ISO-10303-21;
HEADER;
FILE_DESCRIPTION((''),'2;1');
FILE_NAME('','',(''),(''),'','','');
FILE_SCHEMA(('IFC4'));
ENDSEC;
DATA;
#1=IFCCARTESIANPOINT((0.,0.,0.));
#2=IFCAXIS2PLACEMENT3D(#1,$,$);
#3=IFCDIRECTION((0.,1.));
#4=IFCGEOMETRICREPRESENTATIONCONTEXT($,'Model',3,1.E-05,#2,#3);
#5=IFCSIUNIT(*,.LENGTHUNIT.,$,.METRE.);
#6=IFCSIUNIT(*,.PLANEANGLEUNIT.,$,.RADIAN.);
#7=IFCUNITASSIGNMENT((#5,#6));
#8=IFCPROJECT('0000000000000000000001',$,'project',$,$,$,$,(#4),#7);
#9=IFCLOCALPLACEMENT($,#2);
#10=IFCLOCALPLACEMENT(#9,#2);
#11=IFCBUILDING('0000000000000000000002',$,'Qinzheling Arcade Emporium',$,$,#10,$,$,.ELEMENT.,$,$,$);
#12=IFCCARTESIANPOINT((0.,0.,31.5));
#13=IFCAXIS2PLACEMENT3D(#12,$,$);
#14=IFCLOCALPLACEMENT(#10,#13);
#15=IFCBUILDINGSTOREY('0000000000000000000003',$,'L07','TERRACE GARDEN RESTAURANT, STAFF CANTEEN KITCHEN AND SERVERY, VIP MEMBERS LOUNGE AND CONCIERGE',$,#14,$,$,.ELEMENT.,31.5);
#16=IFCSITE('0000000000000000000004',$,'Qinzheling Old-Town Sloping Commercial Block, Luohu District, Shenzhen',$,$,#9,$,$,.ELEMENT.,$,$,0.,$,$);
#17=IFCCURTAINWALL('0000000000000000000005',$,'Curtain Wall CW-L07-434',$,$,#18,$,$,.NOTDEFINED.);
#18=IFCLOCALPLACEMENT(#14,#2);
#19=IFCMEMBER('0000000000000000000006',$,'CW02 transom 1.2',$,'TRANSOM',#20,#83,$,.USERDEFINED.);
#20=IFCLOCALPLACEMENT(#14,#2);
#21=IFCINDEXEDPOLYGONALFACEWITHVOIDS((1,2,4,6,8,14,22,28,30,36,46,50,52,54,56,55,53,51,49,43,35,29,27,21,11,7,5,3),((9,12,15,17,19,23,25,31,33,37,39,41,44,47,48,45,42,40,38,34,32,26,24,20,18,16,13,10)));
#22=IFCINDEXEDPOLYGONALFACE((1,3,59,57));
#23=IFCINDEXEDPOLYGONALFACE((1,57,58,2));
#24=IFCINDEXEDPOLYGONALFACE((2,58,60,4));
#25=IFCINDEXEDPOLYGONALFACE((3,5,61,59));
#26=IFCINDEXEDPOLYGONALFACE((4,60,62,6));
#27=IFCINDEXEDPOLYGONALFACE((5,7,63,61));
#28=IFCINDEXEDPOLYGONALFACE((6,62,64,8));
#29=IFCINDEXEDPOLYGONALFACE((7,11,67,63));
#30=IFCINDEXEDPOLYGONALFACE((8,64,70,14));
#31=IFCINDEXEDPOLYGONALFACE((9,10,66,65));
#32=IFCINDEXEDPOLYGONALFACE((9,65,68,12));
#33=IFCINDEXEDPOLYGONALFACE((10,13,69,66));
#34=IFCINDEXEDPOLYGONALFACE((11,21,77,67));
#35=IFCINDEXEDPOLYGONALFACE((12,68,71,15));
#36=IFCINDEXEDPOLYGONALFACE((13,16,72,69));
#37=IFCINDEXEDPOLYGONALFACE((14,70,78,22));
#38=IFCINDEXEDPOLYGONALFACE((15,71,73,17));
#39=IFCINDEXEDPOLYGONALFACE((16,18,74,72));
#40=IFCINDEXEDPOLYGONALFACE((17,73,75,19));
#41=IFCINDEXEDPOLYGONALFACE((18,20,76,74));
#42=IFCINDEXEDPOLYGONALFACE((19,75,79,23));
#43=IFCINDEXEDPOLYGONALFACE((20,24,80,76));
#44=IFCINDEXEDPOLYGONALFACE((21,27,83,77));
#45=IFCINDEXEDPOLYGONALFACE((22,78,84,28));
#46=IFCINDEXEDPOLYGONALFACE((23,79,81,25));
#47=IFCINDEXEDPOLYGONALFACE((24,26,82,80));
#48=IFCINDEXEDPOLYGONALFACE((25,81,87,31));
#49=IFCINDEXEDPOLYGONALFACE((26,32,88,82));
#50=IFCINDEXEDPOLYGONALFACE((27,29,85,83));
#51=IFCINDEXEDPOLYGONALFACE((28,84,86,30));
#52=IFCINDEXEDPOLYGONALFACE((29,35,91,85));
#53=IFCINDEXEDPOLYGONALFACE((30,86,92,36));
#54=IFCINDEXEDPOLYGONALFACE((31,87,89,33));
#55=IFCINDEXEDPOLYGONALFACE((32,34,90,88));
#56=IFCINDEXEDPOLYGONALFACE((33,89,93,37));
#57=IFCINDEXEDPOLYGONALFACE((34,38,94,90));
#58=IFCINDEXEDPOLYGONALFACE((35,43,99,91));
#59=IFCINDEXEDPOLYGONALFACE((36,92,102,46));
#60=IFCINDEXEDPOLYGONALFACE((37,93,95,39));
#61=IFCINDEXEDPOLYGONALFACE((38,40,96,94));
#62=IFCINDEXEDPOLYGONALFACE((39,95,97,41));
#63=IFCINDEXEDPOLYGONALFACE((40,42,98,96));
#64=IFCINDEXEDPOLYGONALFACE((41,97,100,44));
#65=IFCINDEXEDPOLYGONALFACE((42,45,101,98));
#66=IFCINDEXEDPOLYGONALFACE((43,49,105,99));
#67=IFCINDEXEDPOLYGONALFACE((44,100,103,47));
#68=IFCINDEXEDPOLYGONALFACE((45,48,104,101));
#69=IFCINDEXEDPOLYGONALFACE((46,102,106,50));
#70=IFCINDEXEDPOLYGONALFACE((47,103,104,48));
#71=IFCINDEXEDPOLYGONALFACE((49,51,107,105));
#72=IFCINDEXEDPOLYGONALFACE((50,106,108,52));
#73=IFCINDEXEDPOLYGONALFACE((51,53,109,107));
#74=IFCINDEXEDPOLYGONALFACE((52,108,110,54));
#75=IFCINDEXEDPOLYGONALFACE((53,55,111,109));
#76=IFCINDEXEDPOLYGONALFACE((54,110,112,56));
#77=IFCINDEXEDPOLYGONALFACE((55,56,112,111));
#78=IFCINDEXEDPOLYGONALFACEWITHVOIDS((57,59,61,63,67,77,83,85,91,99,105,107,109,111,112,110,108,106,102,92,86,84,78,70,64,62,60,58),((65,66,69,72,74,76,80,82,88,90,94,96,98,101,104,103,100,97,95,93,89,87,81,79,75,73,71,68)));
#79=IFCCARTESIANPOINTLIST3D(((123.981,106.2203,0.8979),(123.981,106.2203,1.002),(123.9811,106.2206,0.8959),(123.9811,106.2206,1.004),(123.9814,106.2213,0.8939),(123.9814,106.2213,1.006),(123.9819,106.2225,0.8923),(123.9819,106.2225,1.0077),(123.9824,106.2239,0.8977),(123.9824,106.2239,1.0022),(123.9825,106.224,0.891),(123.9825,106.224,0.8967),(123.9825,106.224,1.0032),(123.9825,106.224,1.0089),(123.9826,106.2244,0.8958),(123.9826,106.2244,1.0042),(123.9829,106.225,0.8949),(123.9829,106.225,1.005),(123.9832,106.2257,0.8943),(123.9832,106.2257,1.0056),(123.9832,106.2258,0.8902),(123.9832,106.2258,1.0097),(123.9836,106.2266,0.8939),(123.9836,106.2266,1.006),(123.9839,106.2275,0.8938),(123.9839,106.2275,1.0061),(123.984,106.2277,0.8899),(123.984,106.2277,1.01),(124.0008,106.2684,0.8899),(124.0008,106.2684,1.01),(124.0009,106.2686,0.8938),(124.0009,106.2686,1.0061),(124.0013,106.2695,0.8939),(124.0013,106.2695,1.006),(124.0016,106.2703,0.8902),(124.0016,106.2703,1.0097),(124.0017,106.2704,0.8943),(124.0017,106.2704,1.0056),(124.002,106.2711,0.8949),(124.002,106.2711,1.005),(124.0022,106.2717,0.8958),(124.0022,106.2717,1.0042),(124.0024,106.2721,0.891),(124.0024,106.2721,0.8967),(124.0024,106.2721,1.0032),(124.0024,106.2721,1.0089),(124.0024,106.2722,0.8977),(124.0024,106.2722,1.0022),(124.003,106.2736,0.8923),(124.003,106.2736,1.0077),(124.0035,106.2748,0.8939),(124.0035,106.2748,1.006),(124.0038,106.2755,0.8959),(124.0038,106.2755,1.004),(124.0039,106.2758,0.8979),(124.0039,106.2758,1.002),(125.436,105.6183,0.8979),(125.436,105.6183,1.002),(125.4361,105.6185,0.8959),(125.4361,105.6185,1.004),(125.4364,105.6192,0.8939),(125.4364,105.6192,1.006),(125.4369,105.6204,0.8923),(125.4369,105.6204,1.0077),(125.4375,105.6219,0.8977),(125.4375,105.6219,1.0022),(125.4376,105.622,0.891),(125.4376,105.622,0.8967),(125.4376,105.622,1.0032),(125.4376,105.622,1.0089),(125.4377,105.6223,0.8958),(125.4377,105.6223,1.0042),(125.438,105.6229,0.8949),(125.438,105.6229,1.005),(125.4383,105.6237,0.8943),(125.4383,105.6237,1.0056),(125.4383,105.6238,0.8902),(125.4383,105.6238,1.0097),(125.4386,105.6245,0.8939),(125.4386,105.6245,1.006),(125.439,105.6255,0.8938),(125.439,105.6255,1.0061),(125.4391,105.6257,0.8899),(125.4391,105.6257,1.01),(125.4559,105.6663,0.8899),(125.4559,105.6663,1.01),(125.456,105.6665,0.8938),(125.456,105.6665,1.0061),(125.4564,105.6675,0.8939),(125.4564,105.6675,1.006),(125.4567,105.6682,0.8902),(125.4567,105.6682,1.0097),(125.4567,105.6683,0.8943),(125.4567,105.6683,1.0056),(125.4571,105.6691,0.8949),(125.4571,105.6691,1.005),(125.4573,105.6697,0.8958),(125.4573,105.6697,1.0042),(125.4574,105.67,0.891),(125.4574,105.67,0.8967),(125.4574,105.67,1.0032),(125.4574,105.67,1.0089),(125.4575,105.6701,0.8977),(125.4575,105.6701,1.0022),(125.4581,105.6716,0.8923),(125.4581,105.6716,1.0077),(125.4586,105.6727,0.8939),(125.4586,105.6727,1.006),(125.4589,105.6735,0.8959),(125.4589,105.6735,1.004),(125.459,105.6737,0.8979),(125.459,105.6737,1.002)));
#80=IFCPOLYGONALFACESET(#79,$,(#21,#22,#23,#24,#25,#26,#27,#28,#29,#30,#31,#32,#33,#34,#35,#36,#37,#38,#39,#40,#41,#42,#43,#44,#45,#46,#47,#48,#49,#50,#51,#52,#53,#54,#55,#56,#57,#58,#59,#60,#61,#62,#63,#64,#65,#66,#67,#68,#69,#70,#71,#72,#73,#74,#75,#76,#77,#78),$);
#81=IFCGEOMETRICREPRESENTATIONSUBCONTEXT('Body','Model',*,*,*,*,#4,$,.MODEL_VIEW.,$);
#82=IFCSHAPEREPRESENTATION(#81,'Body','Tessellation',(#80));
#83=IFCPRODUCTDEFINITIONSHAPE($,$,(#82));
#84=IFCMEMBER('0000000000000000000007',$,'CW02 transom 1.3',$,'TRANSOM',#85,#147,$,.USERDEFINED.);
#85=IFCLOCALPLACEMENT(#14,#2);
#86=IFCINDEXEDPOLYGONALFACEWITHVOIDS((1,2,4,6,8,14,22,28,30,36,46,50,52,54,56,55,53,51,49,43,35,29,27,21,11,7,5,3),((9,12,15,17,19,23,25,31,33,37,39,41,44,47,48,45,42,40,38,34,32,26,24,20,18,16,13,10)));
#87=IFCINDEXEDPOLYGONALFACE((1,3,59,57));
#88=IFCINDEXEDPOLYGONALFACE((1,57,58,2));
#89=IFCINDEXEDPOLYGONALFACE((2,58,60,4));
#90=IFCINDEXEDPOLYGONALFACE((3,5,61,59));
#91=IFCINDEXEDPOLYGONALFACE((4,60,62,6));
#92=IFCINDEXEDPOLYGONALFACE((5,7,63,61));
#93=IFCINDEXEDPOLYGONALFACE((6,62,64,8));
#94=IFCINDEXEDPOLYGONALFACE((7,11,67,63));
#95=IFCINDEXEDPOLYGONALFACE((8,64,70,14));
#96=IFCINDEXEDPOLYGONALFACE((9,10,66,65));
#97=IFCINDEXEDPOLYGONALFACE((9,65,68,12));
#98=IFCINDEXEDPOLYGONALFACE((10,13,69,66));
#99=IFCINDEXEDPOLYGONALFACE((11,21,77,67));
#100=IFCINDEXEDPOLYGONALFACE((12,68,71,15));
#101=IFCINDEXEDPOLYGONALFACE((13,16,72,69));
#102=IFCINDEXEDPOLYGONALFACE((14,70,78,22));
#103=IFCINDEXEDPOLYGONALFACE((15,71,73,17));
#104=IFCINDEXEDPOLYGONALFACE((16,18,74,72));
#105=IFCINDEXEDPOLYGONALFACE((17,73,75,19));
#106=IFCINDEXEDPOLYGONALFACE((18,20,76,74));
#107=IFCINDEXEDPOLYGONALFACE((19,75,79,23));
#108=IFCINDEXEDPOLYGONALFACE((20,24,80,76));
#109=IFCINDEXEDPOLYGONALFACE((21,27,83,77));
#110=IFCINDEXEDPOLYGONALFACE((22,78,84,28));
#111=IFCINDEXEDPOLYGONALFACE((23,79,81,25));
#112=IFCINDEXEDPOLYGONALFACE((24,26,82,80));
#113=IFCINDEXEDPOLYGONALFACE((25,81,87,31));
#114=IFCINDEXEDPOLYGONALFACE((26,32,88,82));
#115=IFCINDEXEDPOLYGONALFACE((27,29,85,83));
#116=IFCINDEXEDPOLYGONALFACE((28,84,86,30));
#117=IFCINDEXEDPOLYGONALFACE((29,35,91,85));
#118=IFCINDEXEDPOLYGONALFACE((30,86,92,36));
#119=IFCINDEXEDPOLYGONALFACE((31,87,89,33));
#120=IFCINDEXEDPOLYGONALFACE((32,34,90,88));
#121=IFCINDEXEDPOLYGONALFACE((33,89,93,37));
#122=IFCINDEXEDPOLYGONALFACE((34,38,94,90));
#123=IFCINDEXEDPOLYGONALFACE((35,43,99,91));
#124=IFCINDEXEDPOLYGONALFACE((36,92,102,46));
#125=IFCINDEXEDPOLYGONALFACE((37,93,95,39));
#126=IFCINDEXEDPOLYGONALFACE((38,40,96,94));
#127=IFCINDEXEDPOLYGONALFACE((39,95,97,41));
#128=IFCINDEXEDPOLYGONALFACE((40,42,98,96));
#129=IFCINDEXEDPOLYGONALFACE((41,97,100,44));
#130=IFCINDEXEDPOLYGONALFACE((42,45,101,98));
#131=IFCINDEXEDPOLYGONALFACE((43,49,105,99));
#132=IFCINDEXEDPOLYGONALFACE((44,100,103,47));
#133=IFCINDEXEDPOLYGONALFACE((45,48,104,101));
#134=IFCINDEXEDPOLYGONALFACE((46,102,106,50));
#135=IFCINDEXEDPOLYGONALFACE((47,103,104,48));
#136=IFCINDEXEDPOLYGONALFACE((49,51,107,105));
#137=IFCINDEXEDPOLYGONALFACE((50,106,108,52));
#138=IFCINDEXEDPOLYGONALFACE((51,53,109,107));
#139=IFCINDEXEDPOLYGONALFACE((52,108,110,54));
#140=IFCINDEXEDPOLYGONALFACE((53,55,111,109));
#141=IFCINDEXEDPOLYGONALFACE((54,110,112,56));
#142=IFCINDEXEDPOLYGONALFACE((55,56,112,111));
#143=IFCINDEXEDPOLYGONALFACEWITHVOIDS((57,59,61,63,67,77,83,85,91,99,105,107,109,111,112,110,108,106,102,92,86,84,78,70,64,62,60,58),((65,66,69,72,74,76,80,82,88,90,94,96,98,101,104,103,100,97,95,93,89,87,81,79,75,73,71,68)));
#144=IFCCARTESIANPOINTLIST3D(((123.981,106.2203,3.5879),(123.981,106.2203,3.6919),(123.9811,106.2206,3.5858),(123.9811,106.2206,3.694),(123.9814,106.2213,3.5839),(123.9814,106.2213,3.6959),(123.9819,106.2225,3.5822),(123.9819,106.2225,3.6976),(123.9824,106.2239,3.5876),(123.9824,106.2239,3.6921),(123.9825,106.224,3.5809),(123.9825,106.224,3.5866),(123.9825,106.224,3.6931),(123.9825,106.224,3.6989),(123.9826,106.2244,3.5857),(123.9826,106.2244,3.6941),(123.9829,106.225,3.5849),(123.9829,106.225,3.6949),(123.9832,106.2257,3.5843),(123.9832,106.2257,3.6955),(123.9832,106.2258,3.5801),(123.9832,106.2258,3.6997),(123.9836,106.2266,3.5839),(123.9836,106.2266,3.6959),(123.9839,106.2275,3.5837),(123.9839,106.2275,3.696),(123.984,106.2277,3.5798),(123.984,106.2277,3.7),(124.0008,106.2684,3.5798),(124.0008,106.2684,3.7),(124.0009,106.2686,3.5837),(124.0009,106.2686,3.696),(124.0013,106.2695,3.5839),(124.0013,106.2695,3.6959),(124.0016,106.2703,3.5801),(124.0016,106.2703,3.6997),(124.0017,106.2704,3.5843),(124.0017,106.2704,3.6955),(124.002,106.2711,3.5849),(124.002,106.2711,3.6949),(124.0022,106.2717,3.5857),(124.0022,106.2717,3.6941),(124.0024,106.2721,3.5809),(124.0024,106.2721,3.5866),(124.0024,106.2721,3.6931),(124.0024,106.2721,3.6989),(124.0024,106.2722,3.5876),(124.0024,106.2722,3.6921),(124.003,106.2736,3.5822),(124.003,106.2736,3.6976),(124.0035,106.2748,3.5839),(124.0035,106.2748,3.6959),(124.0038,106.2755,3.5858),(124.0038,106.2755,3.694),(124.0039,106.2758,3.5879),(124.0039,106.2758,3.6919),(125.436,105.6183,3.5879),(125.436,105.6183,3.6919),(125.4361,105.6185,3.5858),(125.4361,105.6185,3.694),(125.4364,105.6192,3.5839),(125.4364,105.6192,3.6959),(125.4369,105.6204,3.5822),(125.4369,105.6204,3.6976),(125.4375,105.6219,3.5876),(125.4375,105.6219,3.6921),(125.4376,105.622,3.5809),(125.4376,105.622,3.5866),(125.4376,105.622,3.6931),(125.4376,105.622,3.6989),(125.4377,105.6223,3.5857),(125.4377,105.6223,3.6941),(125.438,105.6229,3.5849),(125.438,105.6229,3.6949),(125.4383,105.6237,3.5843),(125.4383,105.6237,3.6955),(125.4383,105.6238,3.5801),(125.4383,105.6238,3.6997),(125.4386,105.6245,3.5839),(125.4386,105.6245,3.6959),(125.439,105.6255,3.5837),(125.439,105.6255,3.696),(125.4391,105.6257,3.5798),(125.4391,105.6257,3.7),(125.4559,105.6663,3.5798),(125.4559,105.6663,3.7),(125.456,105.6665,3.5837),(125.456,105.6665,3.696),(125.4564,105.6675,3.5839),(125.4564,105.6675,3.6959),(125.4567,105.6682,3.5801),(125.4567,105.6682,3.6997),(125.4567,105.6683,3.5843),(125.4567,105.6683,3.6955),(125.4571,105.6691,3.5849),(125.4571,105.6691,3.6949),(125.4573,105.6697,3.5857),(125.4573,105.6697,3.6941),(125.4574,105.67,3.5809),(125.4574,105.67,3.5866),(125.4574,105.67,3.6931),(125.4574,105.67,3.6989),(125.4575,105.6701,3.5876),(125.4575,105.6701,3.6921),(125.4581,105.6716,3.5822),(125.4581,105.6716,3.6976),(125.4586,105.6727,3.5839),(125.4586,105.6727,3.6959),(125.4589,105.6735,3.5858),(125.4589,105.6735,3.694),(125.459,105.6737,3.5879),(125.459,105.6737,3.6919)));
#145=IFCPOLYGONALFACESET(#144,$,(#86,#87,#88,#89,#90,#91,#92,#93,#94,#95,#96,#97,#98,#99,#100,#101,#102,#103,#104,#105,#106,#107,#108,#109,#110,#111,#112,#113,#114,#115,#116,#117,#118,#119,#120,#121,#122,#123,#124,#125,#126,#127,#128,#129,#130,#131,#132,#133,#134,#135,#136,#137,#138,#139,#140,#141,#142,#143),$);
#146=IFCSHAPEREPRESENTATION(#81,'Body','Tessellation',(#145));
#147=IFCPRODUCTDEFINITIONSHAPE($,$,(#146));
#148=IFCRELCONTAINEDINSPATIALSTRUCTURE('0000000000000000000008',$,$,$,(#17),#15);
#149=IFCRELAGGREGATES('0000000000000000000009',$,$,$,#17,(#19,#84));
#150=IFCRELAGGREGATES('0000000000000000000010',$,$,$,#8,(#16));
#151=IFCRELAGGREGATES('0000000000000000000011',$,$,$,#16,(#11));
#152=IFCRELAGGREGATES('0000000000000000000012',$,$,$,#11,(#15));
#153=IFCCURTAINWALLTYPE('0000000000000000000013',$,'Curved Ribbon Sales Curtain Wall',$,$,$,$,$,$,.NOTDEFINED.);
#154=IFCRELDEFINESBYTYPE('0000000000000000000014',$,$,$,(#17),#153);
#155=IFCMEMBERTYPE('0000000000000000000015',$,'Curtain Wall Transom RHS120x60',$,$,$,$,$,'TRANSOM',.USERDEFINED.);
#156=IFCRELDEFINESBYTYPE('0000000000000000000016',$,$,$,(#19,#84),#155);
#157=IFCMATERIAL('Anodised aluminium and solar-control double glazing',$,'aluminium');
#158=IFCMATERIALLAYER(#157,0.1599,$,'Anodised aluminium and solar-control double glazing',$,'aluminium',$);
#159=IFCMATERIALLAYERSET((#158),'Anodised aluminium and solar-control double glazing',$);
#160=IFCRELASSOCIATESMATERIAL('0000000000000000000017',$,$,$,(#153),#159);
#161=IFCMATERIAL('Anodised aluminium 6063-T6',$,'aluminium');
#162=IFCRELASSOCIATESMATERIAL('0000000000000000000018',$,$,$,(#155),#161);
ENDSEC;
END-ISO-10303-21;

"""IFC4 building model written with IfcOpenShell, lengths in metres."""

from ifc_helpers import new_model, si_unit, direction, frame, origin, origin_2d, place, context, subcontext, project, spatial, hollow_rectangle, extrude, material, layer, layer_set, material_profile, profile_set, type_object, element, aggregate, save


model = new_model("IFC4")

# Units and contexts
model_context = context("Model", 3, precision=1e-05, world=origin(), true_north=direction((0.0, 1.0)))
body_context = subcontext(model_context, "Body", "Model", "MODEL_VIEW")
ifc_project = project(units=[si_unit("LENGTHUNIT", "METRE"), si_unit("PLANEANGLEUNIT", "RADIAN")], contexts=[model_context])

# Site, building, storey
site_placement = place(None, origin())
site = spatial("IfcSite", under=ifc_project, at=site_placement, Name="Qinzheling Old-Town Sloping Commercial Block, Luohu District, Shenzhen", CompositionType="ELEMENT", RefElevation=0.0)
building_placement = place(site_placement, origin())
building = spatial("IfcBuilding", under=site, at=building_placement, Name="Qinzheling Arcade Emporium", CompositionType="ELEMENT")
storey_placement = place(building_placement, frame((0.0, 0.0, 31.5)))
storey = spatial("IfcBuildingStorey", under=building, at=storey_placement, Name="L07", Description="TERRACE GARDEN RESTAURANT, STAFF CANTEEN KITCHEN AND SERVERY, VIP MEMBERS LOUNGE AND CONCIERGE", CompositionType="ELEMENT", Elevation=31.5)

# Shared definitions
ifc_material_1 = material(Name="Anodised aluminium and solar-control double glazing", Category="aluminium")
ifc_layer_1 = layer(ifc_material_1, 0.1599, Name="Anodised aluminium and solar-control double glazing", Category="aluminium")
ifc_layer_set_1 = layer_set([ifc_layer_1], Name="Anodised aluminium and solar-control double glazing")
curtain_wall_type = type_object("IfcCurtainWallType", Name="Curved Ribbon Sales Curtain Wall", PredefinedType="NOTDEFINED", material=ifc_layer_set_1)
ifc_material_2 = material(Name="Anodised aluminium 6063-T6", Category="aluminium")

# Curtain wall
curtain_wall_1_placement = place(storey_placement, origin())
curtain_wall_1 = element("IfcCurtainWall", 1, at=curtain_wall_1_placement, inside=storey, type_object=curtain_wall_type, Name="Curtain Wall CW-L07-434", PredefinedType="NOTDEFINED")

# Members
ifc_material_profile_1 = material_profile(ifc_material_2, hollow_rectangle(XDim=0.0601, YDim=0.1201, WallThickness=0.0039, InnerFilletRadius=0.0039, OuterFilletRadius=0.0081, at=origin_2d()), Name="RHS 120x60x4", Category="aluminium")
ifc_profile_set_1 = profile_set([ifc_material_profile_1], Name="Anodised aluminium 6063-T6")
member_type_1 = type_object("IfcMemberType", Name="Curtain Wall Transom RHS120x60", ElementType="TRANSOM", PredefinedType="USERDEFINED", material=ifc_profile_set_1)
member_1_placement = place(storey_placement, frame((123.9924, 106.248, 0.95), z_axis=(0.924028, -0.382324, 0.0), x_axis=(0.382324, 0.924028, 0.0)))
member_1 = element("IfcMember", 2, at=member_1_placement, type_object=member_type_1, Name="CW02 transom 1.2", ObjectType="TRANSOM", PredefinedType="USERDEFINED", context=body_context, shape_type="SweptSolid", body=[
    extrude(hollow_rectangle(XDim=0.0601, YDim=0.1201, WallThickness=0.0039, InnerFilletRadius=0.0039, OuterFilletRadius=0.0081, at=origin_2d()), origin(), (0.0, 0.0, 1.0), 1.5747),
])
member_2_placement = place(storey_placement, frame((123.9924, 106.248, 3.6399), z_axis=(0.924028, -0.382324, 0.0), x_axis=(0.382324, 0.924028, 0.0)))
member_2 = element("IfcMember", 3, at=member_2_placement, type_object=member_type_1, Name="CW02 transom 1.3", ObjectType="TRANSOM", PredefinedType="USERDEFINED", context=body_context, shape_type="SweptSolid", body=[
    extrude(hollow_rectangle(XDim=0.0601, YDim=0.1201, WallThickness=0.0039, InnerFilletRadius=0.0039, OuterFilletRadius=0.0081, at=origin_2d()), origin(), (0.0, 0.0, 1.0), 1.5747),
])

aggregate(curtain_wall_1, [member_1, member_2])

save(model, "model.ifc")
